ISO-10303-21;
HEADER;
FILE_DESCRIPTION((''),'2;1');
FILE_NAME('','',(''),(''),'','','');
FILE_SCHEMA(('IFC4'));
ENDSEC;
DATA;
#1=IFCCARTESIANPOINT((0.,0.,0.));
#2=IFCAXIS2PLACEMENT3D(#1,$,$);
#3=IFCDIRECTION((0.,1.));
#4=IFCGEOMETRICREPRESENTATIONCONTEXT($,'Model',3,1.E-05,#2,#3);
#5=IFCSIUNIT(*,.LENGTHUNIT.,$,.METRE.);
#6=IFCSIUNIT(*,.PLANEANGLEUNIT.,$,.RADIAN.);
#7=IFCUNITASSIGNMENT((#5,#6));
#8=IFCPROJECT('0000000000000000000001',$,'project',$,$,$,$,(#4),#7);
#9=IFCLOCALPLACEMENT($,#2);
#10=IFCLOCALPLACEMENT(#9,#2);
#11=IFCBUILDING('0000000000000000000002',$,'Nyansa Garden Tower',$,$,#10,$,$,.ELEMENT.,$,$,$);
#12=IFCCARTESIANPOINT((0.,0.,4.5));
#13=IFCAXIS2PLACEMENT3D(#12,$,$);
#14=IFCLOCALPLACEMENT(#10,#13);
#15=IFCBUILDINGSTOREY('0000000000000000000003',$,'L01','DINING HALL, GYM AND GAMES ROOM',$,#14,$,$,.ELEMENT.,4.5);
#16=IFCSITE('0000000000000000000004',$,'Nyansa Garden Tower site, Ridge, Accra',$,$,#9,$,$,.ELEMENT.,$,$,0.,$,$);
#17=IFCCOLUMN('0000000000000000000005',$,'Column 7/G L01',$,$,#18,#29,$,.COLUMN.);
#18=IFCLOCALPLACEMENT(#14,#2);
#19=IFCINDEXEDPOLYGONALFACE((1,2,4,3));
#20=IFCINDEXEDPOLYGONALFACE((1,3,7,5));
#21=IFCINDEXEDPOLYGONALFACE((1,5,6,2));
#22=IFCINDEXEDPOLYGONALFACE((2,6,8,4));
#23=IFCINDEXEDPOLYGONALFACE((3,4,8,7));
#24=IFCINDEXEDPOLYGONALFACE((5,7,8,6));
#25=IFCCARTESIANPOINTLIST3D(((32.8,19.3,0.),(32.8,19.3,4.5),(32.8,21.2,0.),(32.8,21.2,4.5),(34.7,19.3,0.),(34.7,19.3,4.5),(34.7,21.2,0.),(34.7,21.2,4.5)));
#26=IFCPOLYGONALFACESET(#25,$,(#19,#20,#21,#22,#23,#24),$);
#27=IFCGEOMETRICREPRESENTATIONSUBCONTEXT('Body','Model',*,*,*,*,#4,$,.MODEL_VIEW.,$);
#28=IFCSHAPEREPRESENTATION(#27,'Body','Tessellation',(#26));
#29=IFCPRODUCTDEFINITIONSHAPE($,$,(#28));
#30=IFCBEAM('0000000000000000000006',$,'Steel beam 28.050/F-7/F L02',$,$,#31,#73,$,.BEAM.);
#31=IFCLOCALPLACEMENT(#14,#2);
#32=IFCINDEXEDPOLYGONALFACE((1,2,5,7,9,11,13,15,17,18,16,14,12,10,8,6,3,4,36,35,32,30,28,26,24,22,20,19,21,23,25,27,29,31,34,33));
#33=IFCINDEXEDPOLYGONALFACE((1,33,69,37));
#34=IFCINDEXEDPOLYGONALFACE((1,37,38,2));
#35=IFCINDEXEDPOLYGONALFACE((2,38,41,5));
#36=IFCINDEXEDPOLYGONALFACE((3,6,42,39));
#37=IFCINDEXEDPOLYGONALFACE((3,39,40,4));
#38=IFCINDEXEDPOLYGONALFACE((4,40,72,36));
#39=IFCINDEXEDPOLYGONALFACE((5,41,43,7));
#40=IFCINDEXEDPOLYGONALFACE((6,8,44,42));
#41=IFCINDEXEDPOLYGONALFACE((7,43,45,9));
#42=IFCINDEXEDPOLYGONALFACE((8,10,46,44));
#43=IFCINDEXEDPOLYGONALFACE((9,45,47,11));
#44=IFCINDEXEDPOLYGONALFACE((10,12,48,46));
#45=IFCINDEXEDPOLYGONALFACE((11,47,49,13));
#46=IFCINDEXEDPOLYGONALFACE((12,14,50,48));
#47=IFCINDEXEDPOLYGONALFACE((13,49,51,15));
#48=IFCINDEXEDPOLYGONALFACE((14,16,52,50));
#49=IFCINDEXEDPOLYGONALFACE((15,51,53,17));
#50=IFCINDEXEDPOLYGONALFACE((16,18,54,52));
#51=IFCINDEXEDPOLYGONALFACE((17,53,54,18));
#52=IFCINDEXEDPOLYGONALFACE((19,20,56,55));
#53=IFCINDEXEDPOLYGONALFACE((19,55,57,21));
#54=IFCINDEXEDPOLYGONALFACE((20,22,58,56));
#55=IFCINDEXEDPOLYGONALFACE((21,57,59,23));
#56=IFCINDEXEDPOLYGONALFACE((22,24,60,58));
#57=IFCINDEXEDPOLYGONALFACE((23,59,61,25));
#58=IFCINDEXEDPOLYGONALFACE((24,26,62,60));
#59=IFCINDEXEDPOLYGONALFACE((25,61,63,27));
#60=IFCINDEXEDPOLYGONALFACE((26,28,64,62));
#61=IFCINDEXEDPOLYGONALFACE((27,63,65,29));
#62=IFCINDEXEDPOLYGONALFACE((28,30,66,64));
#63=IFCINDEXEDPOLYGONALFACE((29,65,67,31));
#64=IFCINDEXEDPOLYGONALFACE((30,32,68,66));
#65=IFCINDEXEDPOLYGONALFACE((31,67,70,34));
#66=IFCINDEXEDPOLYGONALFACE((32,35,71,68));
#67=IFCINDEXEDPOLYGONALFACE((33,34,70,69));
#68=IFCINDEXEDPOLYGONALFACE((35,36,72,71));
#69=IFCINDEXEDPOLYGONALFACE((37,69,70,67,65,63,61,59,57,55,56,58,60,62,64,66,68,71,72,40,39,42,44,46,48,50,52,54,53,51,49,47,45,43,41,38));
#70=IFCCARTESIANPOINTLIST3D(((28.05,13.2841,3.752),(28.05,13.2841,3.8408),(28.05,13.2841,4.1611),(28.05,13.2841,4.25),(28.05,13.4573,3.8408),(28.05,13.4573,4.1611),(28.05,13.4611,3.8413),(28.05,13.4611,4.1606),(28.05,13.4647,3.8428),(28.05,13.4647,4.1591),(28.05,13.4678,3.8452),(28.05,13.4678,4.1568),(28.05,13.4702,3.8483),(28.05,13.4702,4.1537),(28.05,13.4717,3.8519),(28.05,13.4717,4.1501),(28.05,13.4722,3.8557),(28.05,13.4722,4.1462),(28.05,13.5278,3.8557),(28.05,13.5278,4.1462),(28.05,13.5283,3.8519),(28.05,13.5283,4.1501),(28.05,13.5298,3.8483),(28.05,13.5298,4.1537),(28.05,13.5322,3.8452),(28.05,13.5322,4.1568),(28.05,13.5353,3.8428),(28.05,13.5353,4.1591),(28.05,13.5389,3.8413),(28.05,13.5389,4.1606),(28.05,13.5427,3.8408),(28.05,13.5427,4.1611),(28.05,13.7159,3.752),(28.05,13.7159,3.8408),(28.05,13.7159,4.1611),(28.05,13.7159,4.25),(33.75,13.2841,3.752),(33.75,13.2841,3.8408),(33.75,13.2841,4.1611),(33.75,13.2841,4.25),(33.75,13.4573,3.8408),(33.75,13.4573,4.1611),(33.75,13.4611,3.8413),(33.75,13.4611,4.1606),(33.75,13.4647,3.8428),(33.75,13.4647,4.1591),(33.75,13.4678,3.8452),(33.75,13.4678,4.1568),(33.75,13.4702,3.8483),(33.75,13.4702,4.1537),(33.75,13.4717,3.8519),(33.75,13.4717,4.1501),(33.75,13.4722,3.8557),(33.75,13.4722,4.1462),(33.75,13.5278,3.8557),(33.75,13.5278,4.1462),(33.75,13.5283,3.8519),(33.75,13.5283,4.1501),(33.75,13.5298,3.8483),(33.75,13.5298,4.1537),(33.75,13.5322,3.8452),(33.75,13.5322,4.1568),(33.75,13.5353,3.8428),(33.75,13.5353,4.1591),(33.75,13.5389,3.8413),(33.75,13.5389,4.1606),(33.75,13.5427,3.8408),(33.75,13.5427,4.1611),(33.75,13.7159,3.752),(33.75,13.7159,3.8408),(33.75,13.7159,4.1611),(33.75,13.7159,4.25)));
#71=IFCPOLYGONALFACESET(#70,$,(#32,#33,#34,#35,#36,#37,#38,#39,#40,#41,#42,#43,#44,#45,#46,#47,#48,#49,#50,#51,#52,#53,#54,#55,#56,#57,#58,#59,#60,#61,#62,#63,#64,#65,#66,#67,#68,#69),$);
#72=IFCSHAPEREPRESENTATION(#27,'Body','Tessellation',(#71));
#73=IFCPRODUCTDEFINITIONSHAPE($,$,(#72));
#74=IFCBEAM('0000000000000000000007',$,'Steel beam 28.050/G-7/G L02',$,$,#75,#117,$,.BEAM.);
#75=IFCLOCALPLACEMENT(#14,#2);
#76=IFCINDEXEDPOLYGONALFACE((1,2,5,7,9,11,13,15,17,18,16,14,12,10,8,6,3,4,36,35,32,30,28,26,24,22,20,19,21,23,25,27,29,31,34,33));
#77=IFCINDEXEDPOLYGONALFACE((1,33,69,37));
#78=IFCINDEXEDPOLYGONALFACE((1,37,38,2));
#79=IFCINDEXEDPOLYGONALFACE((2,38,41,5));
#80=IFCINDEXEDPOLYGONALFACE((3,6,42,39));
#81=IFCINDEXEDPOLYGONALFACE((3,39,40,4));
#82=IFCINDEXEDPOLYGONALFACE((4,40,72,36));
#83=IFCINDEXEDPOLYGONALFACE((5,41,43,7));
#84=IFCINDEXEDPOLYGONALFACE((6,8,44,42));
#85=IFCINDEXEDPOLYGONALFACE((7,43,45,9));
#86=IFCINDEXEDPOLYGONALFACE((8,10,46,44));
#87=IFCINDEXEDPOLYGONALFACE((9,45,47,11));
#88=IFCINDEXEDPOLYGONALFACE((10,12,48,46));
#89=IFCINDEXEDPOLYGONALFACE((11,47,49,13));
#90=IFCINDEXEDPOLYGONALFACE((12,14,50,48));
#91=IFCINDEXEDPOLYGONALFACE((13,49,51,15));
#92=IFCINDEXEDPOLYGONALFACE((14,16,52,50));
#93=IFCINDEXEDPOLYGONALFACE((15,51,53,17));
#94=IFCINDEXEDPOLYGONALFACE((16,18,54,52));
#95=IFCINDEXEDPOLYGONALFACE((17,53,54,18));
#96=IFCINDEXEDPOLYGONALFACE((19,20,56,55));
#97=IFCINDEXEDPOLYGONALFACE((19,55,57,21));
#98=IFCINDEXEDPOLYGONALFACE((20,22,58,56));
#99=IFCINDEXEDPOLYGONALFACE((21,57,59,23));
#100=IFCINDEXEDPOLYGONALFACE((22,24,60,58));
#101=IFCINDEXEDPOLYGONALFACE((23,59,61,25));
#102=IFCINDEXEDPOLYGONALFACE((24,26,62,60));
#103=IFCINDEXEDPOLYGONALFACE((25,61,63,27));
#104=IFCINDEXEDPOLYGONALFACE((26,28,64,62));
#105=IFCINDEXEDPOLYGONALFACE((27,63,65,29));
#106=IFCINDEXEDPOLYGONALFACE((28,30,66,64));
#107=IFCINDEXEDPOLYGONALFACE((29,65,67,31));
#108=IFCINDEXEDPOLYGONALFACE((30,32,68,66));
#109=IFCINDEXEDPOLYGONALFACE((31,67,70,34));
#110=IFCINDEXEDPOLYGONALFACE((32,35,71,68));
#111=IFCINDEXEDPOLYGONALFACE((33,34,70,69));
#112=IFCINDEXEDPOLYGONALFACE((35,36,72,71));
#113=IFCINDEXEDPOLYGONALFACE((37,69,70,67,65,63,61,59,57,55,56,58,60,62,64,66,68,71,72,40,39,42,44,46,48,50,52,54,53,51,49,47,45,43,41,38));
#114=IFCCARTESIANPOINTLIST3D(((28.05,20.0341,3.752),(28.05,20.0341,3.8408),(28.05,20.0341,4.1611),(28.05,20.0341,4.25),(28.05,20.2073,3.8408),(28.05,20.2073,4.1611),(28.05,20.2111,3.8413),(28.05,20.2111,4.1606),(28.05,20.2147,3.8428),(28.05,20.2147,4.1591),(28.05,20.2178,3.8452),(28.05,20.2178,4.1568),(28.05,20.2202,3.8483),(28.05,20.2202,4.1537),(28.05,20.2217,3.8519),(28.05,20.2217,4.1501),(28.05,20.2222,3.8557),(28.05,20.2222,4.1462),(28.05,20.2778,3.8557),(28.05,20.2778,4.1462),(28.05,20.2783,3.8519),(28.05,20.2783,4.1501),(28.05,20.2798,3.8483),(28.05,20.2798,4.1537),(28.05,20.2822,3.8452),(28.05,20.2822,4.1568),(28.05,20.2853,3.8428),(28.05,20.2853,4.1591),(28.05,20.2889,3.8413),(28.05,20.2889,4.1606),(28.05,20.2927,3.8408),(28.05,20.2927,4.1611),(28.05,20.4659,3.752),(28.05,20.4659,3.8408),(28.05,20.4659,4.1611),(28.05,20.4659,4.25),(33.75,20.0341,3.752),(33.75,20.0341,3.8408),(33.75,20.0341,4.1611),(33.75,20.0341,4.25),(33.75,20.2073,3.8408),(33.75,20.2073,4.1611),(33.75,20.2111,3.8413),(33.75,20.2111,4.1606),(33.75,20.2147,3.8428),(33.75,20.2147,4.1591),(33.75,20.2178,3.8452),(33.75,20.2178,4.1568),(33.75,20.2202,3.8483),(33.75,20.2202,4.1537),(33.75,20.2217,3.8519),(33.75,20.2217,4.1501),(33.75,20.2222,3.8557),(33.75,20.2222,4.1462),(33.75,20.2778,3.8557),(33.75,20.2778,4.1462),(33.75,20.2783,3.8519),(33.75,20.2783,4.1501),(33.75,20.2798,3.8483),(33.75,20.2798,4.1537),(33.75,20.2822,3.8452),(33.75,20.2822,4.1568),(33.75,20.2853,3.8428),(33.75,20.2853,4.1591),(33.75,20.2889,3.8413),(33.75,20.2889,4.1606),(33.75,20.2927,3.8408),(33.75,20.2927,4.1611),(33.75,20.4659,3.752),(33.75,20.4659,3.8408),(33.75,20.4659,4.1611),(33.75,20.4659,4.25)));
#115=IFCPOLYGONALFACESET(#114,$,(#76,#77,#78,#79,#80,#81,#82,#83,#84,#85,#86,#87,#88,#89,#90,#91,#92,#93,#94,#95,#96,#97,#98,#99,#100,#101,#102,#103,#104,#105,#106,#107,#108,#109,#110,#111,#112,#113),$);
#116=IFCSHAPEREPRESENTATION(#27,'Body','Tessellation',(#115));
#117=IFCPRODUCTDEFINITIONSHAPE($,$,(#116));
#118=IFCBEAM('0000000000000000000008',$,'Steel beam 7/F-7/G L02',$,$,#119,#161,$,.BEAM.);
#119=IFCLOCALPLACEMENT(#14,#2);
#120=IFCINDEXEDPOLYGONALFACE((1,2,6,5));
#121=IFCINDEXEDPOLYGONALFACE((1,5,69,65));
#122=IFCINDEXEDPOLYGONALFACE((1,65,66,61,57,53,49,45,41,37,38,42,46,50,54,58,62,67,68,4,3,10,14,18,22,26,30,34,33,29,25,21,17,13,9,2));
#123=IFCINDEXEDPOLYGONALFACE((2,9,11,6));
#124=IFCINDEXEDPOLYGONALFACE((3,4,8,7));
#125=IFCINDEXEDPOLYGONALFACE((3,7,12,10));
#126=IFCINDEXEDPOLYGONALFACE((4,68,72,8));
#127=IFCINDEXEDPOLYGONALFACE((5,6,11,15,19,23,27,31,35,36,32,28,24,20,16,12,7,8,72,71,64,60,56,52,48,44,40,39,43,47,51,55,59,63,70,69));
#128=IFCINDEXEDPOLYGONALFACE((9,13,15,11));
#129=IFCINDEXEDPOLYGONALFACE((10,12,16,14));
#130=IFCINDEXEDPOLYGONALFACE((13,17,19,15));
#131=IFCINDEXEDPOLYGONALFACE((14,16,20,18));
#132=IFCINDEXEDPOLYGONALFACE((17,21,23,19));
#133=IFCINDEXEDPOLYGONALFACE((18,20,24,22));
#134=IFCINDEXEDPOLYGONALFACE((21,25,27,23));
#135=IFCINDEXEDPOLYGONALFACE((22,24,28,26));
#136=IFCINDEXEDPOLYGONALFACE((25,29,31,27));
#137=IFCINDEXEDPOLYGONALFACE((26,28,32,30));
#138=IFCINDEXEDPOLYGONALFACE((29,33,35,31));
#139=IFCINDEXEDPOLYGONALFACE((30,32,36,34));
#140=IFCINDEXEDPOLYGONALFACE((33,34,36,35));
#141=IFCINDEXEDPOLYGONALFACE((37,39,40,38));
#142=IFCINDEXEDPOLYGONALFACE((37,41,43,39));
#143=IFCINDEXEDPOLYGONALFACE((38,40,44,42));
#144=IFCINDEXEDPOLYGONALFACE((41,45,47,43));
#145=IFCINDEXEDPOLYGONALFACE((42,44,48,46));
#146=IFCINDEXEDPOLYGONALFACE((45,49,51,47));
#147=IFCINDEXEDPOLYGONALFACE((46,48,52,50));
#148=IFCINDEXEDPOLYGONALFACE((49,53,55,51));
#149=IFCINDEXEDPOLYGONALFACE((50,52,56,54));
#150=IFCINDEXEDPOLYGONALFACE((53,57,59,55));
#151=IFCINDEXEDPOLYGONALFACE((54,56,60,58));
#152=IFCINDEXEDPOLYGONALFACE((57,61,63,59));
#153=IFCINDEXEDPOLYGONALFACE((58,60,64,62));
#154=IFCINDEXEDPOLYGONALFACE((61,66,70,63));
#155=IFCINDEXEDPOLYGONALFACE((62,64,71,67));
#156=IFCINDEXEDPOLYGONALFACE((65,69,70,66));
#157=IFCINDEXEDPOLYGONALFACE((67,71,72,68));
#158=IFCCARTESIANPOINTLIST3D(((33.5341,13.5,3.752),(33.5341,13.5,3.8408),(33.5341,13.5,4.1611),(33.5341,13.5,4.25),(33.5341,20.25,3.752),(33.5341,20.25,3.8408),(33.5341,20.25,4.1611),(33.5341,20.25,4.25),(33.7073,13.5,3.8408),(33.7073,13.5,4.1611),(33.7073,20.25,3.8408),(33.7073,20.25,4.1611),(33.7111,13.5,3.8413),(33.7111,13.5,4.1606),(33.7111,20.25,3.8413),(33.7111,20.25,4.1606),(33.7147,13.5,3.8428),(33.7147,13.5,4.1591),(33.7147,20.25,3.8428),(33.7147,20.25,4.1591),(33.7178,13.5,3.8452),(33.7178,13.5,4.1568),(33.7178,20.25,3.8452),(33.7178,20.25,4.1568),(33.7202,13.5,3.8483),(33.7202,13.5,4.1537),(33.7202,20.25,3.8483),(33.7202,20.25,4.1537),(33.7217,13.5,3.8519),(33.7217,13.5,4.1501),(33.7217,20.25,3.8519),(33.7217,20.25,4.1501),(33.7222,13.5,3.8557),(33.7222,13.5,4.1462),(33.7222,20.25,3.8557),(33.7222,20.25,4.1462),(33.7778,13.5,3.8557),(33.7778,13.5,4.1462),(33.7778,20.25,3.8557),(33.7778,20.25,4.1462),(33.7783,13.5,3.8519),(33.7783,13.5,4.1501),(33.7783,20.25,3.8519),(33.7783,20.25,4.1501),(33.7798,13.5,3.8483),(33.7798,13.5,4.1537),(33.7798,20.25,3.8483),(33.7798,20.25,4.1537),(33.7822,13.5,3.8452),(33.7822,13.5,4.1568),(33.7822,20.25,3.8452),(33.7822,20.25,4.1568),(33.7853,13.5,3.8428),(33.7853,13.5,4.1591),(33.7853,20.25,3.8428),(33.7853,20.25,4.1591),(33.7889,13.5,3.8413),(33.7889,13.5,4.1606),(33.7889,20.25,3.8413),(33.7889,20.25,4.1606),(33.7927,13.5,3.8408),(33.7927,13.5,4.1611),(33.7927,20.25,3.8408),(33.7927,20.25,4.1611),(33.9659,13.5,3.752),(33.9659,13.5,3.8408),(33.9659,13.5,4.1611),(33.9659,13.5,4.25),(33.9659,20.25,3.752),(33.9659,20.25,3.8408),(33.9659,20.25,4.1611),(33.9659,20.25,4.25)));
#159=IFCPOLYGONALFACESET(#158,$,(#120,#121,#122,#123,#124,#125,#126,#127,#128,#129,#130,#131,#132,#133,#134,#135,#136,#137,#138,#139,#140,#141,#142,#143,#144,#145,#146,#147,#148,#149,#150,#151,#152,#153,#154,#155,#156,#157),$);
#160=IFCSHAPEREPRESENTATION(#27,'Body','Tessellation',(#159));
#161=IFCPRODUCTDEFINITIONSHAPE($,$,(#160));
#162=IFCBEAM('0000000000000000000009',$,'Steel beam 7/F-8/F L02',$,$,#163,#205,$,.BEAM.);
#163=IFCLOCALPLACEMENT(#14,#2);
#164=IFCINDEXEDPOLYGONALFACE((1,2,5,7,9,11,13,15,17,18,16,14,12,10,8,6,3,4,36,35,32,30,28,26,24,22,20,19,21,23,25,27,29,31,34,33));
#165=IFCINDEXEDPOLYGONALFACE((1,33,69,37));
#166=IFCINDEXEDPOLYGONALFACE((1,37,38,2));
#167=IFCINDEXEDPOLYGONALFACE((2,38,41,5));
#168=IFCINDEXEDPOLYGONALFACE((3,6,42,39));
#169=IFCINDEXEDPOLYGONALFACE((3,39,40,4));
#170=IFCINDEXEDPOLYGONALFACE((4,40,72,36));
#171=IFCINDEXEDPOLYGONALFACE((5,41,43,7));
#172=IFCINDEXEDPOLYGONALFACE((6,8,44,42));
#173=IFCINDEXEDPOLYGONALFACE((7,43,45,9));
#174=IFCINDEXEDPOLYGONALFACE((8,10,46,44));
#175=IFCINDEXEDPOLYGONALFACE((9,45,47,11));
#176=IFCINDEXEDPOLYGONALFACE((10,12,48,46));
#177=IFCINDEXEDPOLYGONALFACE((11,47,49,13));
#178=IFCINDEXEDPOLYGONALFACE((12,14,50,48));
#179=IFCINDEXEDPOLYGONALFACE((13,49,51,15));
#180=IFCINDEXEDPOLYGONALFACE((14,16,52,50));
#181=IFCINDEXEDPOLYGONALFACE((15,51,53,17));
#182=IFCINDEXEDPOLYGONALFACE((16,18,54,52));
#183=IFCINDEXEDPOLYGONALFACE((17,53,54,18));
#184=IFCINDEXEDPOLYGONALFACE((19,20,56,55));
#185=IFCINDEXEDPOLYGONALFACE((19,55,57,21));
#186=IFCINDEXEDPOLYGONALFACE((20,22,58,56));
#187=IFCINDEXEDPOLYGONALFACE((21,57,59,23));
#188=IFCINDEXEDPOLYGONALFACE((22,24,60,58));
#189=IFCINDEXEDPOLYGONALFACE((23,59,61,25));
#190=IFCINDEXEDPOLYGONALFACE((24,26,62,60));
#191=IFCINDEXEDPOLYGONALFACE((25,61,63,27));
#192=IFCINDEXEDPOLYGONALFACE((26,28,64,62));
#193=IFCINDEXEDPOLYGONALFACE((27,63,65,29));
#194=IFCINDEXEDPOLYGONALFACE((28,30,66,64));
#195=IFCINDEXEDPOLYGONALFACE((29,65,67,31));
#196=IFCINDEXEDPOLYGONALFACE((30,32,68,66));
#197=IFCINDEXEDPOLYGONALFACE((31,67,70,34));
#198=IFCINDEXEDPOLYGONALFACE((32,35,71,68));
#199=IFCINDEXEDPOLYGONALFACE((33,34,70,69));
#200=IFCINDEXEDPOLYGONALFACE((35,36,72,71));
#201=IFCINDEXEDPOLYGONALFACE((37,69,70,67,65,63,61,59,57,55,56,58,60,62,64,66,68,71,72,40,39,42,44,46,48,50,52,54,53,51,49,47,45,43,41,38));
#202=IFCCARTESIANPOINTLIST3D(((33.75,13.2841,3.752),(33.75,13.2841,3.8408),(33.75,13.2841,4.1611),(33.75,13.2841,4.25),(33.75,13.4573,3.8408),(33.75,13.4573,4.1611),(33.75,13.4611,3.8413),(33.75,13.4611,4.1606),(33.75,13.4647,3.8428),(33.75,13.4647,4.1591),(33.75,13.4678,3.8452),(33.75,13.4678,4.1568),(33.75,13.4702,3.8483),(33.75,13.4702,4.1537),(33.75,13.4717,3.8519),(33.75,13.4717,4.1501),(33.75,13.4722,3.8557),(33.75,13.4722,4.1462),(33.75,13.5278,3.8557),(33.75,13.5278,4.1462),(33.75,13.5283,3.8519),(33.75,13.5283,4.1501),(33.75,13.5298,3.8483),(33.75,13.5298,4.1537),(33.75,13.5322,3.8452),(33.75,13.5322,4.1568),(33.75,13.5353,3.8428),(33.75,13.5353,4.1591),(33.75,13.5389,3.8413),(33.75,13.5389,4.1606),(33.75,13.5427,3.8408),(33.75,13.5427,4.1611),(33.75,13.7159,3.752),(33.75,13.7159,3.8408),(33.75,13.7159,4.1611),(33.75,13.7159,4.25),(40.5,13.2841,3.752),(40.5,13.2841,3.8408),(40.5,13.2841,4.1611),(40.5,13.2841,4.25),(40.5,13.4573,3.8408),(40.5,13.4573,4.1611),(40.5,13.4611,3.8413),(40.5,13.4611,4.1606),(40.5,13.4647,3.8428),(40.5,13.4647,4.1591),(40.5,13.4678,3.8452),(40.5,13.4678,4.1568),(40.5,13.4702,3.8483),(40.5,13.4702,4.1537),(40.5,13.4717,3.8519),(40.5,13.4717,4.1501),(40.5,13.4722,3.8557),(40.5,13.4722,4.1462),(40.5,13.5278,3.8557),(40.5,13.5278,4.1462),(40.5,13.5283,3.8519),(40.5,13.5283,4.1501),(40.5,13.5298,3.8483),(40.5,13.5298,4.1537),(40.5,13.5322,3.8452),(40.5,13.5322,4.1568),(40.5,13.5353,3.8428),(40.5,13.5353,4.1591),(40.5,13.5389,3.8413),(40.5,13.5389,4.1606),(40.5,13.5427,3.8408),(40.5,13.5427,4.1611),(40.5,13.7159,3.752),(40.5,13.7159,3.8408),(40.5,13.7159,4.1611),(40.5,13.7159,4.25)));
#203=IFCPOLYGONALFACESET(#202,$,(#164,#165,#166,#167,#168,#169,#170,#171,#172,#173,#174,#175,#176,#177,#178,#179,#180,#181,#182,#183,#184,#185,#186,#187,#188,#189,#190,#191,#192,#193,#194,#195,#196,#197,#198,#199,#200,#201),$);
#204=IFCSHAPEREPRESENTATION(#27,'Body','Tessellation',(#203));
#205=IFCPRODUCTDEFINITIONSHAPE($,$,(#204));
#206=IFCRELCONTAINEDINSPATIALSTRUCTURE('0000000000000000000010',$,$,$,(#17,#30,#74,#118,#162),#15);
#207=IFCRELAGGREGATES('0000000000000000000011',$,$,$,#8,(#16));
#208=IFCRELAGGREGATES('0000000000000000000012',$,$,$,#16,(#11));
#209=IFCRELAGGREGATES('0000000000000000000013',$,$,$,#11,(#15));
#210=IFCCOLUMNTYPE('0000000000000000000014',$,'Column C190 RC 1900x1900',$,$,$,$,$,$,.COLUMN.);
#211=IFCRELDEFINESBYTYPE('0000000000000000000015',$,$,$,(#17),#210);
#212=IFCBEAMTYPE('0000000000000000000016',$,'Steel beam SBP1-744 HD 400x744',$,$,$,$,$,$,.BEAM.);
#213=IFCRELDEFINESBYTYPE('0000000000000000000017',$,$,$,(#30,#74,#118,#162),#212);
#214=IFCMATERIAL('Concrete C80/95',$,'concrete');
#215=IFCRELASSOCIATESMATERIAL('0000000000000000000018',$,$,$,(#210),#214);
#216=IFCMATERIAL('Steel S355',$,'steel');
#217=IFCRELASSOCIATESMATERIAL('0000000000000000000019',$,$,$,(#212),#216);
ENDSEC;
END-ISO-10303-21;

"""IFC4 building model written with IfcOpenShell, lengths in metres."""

from ifc_helpers import new_model, si_unit, direction, frame, origin, origin_2d, place, context, subcontext, project, spatial, rectangle, i_section, extrude, material, material_profile, profile_set, type_object, element, save


model = new_model("IFC4")

# Units and contexts
model_context = context("Model", 3, precision=1e-05, world=origin(), true_north=direction((0.0, 1.0)))
body_context = subcontext(model_context, "Body", "Model", "MODEL_VIEW")
ifc_project = project(units=[si_unit("LENGTHUNIT", "METRE"), si_unit("PLANEANGLEUNIT", "RADIAN")], contexts=[model_context])

# Site, building, storey
site_placement = place(None, origin())
site = spatial("IfcSite", under=ifc_project, at=site_placement, Name="Nyansa Garden Tower site, Ridge, Accra", CompositionType="ELEMENT", RefElevation=0.0)
building_placement = place(site_placement, origin())
building = spatial("IfcBuilding", under=site, at=building_placement, Name="Nyansa Garden Tower", CompositionType="ELEMENT")
storey_placement = place(building_placement, frame((0.0, 0.0, 4.5)))
storey = spatial("IfcBuildingStorey", under=building, at=storey_placement, Name="L01", Description="DINING HALL, GYM AND GAMES ROOM", CompositionType="ELEMENT", Elevation=4.5)

# Column
ifc_material_1 = material(Name="Concrete C80/95", Category="concrete")
ifc_material_profile_1 = material_profile(ifc_material_1, rectangle(XDim=1.8999, YDim=1.8999, at=origin_2d()), Name="RC 1900x1900")
ifc_profile_set_1 = profile_set([ifc_material_profile_1], Name="Concrete C80/95")
column_type = type_object("IfcColumnType", Name="Column C190 RC 1900x1900", PredefinedType="COLUMN", material=ifc_profile_set_1)
column_placement = place(storey_placement, frame((33.75, 20.25, 0.0), z_axis=(0.0, 0.0, 1.0), x_axis=(1.0, 0.0, 0.0)))
element("IfcColumn", 1, at=column_placement, inside=storey, type_object=column_type, Name="Column 7/G L01", PredefinedType="COLUMN", context=body_context, shape_type="SweptSolid", body=[
    extrude(rectangle(XDim=1.8999, YDim=1.8999, at=origin_2d()), origin(), (0.0, 0.0, 1.0), 4.5),
])

# Beams
ifc_material_2 = material(Name="Steel S355", Category="steel")
ifc_material_profile_2 = material_profile(ifc_material_2, i_section(OverallWidth=0.4319, OverallDepth=0.498, WebThickness=0.0557, FlangeThickness=0.0889, FilletRadius=0.0149, at=origin_2d()), Name="HD 400x744")
ifc_profile_set_2 = profile_set([ifc_material_profile_2], Name="Steel S355")
beam_type_1 = type_object("IfcBeamType", Name="Steel beam SBP1-744 HD 400x744", PredefinedType="BEAM", material=ifc_profile_set_2)
for number, where, z_axis, x_axis, name in (
    (2, (28.05, 13.5, 4.001), (1.0, 0.0, 0.0), (0.0, 1.0, 0.0), "Steel beam 28.050/F-7/F L02"),
    (3, (28.05, 20.25, 4.001), (1.0, 0.0, 0.0), (0.0, 1.0, 0.0), "Steel beam 28.050/G-7/G L02"),
):
    element("IfcBeam", number, at=place(storey_placement, frame(where, z_axis=z_axis, x_axis=x_axis)), inside=storey, type_object=beam_type_1, Name=name, PredefinedType="BEAM", context=body_context, shape_type="SweptSolid", body=[
        extrude(i_section(OverallWidth=0.4319, OverallDepth=0.498, WebThickness=0.0557, FlangeThickness=0.0889, FilletRadius=0.0149, at=origin_2d()), origin(), (0.0, 0.0, 1.0), 5.7),
    ])
for number, where, z_axis, x_axis, name in (
    (4, (33.75, 13.5, 4.001), (0.0, 1.0, 0.0), (-1.0, 0.0, 0.0), "Steel beam 7/F-7/G L02"),
    (5, (33.75, 13.5, 4.001), (1.0, 0.0, 0.0), (0.0, 1.0, 0.0), "Steel beam 7/F-8/F L02"),
):
    element("IfcBeam", number, at=place(storey_placement, frame(where, z_axis=z_axis, x_axis=x_axis)), inside=storey, type_object=beam_type_1, Name=name, PredefinedType="BEAM", context=body_context, shape_type="SweptSolid", body=[
        extrude(i_section(OverallWidth=0.4319, OverallDepth=0.498, WebThickness=0.0557, FlangeThickness=0.0889, FilletRadius=0.0149, at=origin_2d()), origin(), (0.0, 0.0, 1.0), 6.75),
    ])

save(model, "model.ifc")
